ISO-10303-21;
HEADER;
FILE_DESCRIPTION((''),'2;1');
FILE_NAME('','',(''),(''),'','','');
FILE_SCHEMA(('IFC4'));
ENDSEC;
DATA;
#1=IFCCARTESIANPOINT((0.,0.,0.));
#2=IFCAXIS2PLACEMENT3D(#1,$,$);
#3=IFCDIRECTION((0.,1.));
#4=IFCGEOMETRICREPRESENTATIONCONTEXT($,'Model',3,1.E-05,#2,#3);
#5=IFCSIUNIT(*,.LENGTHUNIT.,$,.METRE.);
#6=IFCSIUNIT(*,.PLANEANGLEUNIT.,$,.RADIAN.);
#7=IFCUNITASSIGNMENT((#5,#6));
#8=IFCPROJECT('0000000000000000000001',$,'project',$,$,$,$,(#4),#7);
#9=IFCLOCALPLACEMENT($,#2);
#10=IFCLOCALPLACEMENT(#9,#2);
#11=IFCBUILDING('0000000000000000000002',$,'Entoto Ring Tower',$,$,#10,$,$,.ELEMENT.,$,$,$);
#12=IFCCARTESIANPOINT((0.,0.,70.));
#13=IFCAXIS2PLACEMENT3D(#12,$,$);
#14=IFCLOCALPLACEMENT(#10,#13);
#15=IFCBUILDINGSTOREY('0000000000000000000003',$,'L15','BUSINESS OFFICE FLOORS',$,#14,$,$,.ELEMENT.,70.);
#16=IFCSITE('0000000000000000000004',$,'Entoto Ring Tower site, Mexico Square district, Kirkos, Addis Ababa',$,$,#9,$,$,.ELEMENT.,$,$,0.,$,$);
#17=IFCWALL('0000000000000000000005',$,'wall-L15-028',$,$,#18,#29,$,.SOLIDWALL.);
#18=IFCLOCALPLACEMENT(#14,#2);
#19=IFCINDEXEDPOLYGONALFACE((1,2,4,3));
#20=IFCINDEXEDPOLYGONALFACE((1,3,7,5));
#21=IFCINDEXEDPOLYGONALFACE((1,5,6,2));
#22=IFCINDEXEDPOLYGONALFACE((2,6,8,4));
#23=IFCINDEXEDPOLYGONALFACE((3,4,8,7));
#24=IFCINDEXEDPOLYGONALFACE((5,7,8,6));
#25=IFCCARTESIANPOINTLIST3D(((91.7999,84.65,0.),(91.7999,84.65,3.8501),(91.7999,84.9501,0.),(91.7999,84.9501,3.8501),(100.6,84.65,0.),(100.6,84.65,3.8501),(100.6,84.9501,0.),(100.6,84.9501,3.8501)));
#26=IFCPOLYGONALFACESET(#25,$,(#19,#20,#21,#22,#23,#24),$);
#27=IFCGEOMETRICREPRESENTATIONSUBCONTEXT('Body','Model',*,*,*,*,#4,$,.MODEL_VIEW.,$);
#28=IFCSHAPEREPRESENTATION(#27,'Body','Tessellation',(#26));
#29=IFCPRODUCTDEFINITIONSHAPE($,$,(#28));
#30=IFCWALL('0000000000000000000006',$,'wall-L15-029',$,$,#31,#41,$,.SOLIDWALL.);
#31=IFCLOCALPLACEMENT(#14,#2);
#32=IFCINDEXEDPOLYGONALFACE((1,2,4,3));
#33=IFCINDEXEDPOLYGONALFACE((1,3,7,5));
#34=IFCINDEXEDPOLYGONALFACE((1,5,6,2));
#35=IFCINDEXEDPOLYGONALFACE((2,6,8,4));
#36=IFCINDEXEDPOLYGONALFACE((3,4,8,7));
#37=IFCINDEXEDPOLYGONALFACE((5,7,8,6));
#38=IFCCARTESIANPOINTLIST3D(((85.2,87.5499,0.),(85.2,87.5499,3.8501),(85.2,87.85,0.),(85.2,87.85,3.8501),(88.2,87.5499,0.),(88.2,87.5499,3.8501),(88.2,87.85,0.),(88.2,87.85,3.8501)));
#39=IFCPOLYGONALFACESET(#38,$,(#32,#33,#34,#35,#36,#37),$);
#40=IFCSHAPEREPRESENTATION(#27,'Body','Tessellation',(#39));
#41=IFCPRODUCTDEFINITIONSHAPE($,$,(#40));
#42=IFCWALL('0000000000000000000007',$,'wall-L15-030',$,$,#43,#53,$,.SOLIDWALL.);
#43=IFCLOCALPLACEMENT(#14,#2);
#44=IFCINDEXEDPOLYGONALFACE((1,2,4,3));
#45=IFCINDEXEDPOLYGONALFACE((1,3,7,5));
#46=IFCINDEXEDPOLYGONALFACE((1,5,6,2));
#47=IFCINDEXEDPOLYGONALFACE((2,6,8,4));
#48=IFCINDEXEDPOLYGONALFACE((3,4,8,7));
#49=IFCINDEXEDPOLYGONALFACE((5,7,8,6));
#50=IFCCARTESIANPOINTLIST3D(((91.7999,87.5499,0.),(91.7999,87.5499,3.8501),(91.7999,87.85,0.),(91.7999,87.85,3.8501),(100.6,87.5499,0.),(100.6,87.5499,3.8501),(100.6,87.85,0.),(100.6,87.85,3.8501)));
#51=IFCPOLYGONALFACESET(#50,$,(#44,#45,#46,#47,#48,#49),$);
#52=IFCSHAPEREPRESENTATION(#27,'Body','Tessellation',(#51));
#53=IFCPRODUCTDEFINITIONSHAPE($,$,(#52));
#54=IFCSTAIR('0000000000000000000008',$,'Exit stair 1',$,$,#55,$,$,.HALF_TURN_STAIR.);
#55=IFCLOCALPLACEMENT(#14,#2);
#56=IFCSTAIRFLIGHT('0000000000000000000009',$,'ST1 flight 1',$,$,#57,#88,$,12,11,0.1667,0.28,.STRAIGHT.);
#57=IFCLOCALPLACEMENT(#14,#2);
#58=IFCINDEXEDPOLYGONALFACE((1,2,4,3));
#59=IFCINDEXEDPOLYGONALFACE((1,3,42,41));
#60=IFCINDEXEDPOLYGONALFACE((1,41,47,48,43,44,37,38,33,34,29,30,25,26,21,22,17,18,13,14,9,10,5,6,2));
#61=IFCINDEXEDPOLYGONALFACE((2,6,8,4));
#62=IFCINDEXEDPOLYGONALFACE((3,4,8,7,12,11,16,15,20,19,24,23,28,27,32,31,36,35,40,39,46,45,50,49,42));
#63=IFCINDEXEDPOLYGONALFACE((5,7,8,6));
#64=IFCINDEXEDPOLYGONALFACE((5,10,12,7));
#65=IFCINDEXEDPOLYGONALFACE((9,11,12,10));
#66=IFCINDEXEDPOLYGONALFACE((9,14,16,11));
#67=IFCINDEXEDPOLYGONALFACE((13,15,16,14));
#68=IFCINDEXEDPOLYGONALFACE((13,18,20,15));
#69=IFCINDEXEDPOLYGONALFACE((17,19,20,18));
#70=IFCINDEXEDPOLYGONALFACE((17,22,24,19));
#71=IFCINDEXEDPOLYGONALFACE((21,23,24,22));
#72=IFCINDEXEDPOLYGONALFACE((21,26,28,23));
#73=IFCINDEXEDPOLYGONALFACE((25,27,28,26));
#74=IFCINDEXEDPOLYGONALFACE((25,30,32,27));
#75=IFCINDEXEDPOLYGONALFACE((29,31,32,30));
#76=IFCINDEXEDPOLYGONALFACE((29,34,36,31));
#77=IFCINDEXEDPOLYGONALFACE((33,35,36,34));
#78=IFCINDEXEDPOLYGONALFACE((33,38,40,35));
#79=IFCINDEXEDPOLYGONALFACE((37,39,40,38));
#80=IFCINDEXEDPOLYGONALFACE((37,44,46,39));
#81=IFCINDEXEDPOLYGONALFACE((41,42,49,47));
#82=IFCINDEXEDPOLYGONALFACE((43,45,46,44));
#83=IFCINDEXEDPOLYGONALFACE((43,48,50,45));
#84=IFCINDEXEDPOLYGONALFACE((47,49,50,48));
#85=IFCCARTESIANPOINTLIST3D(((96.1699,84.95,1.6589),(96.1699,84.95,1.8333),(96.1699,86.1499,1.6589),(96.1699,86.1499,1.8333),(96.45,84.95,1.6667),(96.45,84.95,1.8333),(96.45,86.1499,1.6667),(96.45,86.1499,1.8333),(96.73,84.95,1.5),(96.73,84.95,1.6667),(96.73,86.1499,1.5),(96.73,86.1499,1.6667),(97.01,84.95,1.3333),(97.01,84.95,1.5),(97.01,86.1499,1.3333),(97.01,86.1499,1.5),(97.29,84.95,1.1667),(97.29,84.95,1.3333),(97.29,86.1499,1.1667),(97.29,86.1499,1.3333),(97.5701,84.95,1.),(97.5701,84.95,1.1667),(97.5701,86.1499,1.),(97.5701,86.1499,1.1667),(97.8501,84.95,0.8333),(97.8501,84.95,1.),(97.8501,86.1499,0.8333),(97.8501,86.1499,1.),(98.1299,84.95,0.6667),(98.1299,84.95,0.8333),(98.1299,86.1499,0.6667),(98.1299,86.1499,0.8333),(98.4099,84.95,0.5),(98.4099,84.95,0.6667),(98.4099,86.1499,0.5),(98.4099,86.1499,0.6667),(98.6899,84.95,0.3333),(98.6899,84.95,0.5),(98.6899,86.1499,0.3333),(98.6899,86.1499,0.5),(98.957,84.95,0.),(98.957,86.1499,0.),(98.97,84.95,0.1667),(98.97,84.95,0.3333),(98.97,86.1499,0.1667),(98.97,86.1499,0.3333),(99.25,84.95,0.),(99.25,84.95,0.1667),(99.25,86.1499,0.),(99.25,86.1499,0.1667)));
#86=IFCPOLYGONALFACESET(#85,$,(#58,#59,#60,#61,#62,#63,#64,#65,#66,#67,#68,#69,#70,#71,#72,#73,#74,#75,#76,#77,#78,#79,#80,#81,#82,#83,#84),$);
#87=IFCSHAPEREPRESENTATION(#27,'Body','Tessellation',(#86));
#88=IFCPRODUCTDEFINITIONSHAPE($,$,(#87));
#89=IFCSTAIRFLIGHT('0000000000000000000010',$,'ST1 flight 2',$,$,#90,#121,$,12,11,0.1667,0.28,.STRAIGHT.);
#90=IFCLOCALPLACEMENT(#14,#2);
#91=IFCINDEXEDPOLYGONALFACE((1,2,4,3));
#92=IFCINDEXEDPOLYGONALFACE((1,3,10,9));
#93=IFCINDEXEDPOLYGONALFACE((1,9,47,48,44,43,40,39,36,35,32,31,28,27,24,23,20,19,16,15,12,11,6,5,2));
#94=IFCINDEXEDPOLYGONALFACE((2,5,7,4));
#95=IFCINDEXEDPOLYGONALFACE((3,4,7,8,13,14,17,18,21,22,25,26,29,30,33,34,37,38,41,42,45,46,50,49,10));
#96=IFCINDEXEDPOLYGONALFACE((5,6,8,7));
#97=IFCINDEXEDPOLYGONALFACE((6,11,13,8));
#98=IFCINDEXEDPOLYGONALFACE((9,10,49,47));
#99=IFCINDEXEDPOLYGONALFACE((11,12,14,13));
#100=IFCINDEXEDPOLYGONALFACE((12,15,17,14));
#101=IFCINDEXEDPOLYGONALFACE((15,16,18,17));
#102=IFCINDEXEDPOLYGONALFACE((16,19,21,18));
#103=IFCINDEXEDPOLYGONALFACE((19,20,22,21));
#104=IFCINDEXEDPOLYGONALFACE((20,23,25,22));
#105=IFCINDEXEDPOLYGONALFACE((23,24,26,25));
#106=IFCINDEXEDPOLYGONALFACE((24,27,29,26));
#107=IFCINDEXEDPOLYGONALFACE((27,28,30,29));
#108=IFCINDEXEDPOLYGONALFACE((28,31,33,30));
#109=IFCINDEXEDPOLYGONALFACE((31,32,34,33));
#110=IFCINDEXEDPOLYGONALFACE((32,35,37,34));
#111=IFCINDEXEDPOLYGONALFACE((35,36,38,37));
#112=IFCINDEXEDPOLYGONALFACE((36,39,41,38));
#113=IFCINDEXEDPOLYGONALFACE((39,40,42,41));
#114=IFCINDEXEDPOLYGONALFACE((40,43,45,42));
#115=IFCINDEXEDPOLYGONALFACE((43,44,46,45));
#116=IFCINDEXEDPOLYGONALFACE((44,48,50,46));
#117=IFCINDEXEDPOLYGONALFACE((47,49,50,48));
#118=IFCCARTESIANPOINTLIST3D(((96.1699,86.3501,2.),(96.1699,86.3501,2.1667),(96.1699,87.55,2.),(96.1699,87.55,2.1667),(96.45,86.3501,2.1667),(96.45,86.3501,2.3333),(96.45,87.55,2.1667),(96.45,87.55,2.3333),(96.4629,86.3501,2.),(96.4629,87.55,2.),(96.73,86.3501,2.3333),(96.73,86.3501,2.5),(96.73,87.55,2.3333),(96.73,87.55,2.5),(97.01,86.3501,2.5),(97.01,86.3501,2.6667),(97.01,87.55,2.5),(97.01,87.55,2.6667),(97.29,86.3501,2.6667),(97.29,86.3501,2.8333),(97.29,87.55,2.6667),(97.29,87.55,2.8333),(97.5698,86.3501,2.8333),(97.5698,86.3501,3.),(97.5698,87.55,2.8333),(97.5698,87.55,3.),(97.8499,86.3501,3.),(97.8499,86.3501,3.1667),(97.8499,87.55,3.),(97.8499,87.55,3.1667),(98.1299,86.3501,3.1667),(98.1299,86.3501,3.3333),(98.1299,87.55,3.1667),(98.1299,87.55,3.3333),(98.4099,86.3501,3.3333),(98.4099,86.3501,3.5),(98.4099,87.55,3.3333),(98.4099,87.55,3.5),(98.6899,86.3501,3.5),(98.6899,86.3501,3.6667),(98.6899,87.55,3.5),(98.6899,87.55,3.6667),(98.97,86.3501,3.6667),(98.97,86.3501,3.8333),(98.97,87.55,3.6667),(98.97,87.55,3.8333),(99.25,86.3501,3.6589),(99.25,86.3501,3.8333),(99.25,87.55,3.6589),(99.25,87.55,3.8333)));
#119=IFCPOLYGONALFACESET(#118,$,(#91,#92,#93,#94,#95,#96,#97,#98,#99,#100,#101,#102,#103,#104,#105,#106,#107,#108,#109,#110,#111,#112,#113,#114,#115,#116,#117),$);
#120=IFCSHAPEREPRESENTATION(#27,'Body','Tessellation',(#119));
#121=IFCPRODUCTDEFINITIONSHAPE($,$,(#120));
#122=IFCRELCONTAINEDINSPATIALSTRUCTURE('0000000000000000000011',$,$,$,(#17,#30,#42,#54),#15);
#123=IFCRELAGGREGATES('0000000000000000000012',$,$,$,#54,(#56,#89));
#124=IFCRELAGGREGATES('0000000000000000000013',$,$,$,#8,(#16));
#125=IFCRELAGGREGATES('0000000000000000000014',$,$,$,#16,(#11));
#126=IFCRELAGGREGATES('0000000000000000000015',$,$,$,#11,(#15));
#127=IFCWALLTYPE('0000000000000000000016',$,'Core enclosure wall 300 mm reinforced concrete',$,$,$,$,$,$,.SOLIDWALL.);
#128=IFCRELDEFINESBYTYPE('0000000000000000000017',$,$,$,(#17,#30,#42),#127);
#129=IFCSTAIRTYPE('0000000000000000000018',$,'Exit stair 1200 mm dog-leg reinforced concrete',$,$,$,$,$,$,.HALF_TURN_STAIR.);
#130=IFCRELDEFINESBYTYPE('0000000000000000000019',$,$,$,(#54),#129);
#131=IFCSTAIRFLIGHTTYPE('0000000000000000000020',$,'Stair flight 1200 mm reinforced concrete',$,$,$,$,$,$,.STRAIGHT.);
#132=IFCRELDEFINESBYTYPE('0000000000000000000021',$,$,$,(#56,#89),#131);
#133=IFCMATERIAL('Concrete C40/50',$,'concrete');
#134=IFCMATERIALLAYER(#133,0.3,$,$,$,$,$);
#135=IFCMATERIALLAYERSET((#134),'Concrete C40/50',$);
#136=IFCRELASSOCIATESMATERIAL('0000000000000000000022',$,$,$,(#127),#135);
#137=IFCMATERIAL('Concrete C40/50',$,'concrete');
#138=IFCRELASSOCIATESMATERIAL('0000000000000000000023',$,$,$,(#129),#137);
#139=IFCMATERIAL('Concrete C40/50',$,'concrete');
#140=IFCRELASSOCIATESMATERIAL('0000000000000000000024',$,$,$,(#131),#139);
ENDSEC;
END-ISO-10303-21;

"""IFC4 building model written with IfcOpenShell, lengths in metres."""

from ifc_helpers import new_model, si_unit, direction, frame, frame_2d, origin, place, context, subcontext, project, spatial, polyline, rectangle, outline, extrude, material, layer, layer_set, type_object, element, aggregate, save


model = new_model("IFC4")

# Units and contexts
model_context = context("Model", 3, precision=1e-05, world=origin(), true_north=direction((0.0, 1.0)))
body_context = subcontext(model_context, "Body", "Model", "MODEL_VIEW")
ifc_project = project(units=[si_unit("LENGTHUNIT", "METRE"), si_unit("PLANEANGLEUNIT", "RADIAN")], contexts=[model_context])

# Site, building, storey
site_placement = place(None, origin())
site = spatial("IfcSite", under=ifc_project, at=site_placement, Name="Entoto Ring Tower site, Mexico Square district, Kirkos, Addis Ababa", CompositionType="ELEMENT", RefElevation=0.0)
building_placement = place(site_placement, origin())
building = spatial("IfcBuilding", under=site, at=building_placement, Name="Entoto Ring Tower", CompositionType="ELEMENT")
storey_placement = place(building_placement, frame((0.0, 0.0, 70.0)))
storey = spatial("IfcBuildingStorey", under=building, at=storey_placement, Name="L15", Description="BUSINESS OFFICE FLOORS", CompositionType="ELEMENT", Elevation=70.0)

# Shared definitions
ifc_material_1 = material(Name="Concrete C40/50", Category="concrete")
ifc_layer_1 = layer(ifc_material_1, 0.3)
ifc_layer_set_1 = layer_set([ifc_layer_1], Name="Concrete C40/50")
wall_type = type_object("IfcWallType", Name="Core enclosure wall 300 mm reinforced concrete", PredefinedType="SOLIDWALL", material=ifc_layer_set_1)

# Walls
wall_1_placement = place(storey_placement, frame((91.8, 84.8, 0.0), z_axis=(0.0, 0.0, 1.0), x_axis=(1.0, 0.0, 0.0)))
element("IfcWall", 1, at=wall_1_placement, inside=storey, type_object=wall_type, Name="wall-L15-028", PredefinedType="SOLIDWALL", context=body_context, shape_type="SweptSolid", body=[
    extrude(rectangle(XDim=8.8, YDim=0.3, at=frame_2d((4.3999, 0.0))), origin(), (0.0, 0.0, 1.0), 3.8501),
])
wall_2_placement = place(storey_placement, frame((85.2, 87.7, 0.0), z_axis=(0.0, 0.0, 1.0), x_axis=(1.0, 0.0, 0.0)))
element("IfcWall", 2, at=wall_2_placement, inside=storey, type_object=wall_type, Name="wall-L15-029", PredefinedType="SOLIDWALL", context=body_context, shape_type="SweptSolid", body=[
    extrude(rectangle(XDim=3.0, YDim=0.3, at=frame_2d((1.5, 0.0))), origin(), (0.0, 0.0, 1.0), 3.8501),
])
wall_3_placement = place(storey_placement, frame((91.8, 87.7, 0.0), z_axis=(0.0, 0.0, 1.0), x_axis=(1.0, 0.0, 0.0)))
element("IfcWall", 3, at=wall_3_placement, inside=storey, type_object=wall_type, Name="wall-L15-030", PredefinedType="SOLIDWALL", context=body_context, shape_type="SweptSolid", body=[
    extrude(rectangle(XDim=8.8, YDim=0.3, at=frame_2d((4.3999, 0.0))), origin(), (0.0, 0.0, 1.0), 3.8501),
])

# Stair, stair flights
ifc_material_2 = material(Name="Concrete C40/50", Category="concrete")
stair_type = type_object("IfcStairType", Name="Exit stair 1200 mm dog-leg reinforced concrete", PredefinedType="HALF_TURN_STAIR", material=ifc_material_2)
stair_placement = place(storey_placement, origin())
stair = element("IfcStair", 4, at=stair_placement, inside=storey, type_object=stair_type, Name="Exit stair 1", PredefinedType="HALF_TURN_STAIR")
ifc_material_3 = material(Name="Concrete C40/50", Category="concrete")
stair_flight_type = type_object("IfcStairFlightType", Name="Stair flight 1200 mm reinforced concrete", PredefinedType="STRAIGHT", material=ifc_material_3)
stair_flight_1_placement = place(storey_placement, frame((99.25, 85.55, 0.0), z_axis=(0.0, 0.0, 1.0), x_axis=(-1.0, 0.0, 0.0)))
stair_flight_1 = element("IfcStairFlight", 5, at=stair_flight_1_placement, type_object=stair_flight_type, Name="ST1 flight 1", NumberOfRisers=12, NumberOfTreads=11, PredefinedType="STRAIGHT", RiserHeight=0.1667, TreadLength=0.28, context=body_context, shape_type="SweptSolid", body=[
    extrude(outline(polyline([(0.0, 0.0), (0.0, 0.1667), (0.28, 0.1667), (0.28, 0.3333), (0.5601, 0.3333), (0.5601, 0.5), (0.8401, 0.5), (0.8401, 0.6667), (1.1201, 0.6667), (1.1201, 0.8333), (1.3999, 0.8333), (1.3999, 1.0), (1.6799, 1.0), (1.6799, 1.1667), (1.96, 1.1667), (1.96, 1.3333), (2.24, 1.3333), (2.24, 1.5), (2.52, 1.5), (2.52, 1.6667), (2.8, 1.6667), (2.8, 1.8333), (3.0801, 1.8333), (3.0801, 2.0), (3.0801, 1.6589), (0.293, 0.0), (0.0, 0.0)])), frame((0.0, 0.6001, 0.0), z_axis=(0.0, -1.0, 0.0), x_axis=(1.0, 0.0, 0.0)), (0.0, 0.0, 1.0), 1.2),
])
stair_flight_2_placement = place(storey_placement, frame((96.1699, 86.95, 2.0), z_axis=(0.0, 0.0, 1.0), x_axis=(1.0, 0.0, 0.0)))
stair_flight_2 = element("IfcStairFlight", 6, at=stair_flight_2_placement, type_object=stair_flight_type, Name="ST1 flight 2", NumberOfRisers=12, NumberOfTreads=11, PredefinedType="STRAIGHT", RiserHeight=0.1667, TreadLength=0.28, context=body_context, shape_type="SweptSolid", body=[
    extrude(outline(polyline([(0.0, 0.0), (0.0, 0.1667), (0.28, 0.1667), (0.28, 0.3333), (0.5601, 0.3333), (0.5601, 0.5), (0.8401, 0.5), (0.8401, 0.6667), (1.1201, 0.6667), (1.1201, 0.8333), (1.3999, 0.8333), (1.3999, 1.0), (1.6799, 1.0), (1.6799, 1.1667), (1.96, 1.1667), (1.96, 1.3333), (2.24, 1.3333), (2.24, 1.5), (2.52, 1.5), (2.52, 1.6667), (2.8, 1.6667), (2.8, 1.8333), (3.0801, 1.8333), (3.0801, 2.0), (3.0801, 1.6589), (0.293, 0.0), (0.0, 0.0)])), frame((0.0, 0.6001, 0.0), z_axis=(0.0, -1.0, 0.0), x_axis=(1.0, 0.0, 0.0)), (0.0, 0.0, 1.0), 1.2),
])
aggregate(stair, [stair_flight_1, stair_flight_2])

save(model, "model.ifc")
